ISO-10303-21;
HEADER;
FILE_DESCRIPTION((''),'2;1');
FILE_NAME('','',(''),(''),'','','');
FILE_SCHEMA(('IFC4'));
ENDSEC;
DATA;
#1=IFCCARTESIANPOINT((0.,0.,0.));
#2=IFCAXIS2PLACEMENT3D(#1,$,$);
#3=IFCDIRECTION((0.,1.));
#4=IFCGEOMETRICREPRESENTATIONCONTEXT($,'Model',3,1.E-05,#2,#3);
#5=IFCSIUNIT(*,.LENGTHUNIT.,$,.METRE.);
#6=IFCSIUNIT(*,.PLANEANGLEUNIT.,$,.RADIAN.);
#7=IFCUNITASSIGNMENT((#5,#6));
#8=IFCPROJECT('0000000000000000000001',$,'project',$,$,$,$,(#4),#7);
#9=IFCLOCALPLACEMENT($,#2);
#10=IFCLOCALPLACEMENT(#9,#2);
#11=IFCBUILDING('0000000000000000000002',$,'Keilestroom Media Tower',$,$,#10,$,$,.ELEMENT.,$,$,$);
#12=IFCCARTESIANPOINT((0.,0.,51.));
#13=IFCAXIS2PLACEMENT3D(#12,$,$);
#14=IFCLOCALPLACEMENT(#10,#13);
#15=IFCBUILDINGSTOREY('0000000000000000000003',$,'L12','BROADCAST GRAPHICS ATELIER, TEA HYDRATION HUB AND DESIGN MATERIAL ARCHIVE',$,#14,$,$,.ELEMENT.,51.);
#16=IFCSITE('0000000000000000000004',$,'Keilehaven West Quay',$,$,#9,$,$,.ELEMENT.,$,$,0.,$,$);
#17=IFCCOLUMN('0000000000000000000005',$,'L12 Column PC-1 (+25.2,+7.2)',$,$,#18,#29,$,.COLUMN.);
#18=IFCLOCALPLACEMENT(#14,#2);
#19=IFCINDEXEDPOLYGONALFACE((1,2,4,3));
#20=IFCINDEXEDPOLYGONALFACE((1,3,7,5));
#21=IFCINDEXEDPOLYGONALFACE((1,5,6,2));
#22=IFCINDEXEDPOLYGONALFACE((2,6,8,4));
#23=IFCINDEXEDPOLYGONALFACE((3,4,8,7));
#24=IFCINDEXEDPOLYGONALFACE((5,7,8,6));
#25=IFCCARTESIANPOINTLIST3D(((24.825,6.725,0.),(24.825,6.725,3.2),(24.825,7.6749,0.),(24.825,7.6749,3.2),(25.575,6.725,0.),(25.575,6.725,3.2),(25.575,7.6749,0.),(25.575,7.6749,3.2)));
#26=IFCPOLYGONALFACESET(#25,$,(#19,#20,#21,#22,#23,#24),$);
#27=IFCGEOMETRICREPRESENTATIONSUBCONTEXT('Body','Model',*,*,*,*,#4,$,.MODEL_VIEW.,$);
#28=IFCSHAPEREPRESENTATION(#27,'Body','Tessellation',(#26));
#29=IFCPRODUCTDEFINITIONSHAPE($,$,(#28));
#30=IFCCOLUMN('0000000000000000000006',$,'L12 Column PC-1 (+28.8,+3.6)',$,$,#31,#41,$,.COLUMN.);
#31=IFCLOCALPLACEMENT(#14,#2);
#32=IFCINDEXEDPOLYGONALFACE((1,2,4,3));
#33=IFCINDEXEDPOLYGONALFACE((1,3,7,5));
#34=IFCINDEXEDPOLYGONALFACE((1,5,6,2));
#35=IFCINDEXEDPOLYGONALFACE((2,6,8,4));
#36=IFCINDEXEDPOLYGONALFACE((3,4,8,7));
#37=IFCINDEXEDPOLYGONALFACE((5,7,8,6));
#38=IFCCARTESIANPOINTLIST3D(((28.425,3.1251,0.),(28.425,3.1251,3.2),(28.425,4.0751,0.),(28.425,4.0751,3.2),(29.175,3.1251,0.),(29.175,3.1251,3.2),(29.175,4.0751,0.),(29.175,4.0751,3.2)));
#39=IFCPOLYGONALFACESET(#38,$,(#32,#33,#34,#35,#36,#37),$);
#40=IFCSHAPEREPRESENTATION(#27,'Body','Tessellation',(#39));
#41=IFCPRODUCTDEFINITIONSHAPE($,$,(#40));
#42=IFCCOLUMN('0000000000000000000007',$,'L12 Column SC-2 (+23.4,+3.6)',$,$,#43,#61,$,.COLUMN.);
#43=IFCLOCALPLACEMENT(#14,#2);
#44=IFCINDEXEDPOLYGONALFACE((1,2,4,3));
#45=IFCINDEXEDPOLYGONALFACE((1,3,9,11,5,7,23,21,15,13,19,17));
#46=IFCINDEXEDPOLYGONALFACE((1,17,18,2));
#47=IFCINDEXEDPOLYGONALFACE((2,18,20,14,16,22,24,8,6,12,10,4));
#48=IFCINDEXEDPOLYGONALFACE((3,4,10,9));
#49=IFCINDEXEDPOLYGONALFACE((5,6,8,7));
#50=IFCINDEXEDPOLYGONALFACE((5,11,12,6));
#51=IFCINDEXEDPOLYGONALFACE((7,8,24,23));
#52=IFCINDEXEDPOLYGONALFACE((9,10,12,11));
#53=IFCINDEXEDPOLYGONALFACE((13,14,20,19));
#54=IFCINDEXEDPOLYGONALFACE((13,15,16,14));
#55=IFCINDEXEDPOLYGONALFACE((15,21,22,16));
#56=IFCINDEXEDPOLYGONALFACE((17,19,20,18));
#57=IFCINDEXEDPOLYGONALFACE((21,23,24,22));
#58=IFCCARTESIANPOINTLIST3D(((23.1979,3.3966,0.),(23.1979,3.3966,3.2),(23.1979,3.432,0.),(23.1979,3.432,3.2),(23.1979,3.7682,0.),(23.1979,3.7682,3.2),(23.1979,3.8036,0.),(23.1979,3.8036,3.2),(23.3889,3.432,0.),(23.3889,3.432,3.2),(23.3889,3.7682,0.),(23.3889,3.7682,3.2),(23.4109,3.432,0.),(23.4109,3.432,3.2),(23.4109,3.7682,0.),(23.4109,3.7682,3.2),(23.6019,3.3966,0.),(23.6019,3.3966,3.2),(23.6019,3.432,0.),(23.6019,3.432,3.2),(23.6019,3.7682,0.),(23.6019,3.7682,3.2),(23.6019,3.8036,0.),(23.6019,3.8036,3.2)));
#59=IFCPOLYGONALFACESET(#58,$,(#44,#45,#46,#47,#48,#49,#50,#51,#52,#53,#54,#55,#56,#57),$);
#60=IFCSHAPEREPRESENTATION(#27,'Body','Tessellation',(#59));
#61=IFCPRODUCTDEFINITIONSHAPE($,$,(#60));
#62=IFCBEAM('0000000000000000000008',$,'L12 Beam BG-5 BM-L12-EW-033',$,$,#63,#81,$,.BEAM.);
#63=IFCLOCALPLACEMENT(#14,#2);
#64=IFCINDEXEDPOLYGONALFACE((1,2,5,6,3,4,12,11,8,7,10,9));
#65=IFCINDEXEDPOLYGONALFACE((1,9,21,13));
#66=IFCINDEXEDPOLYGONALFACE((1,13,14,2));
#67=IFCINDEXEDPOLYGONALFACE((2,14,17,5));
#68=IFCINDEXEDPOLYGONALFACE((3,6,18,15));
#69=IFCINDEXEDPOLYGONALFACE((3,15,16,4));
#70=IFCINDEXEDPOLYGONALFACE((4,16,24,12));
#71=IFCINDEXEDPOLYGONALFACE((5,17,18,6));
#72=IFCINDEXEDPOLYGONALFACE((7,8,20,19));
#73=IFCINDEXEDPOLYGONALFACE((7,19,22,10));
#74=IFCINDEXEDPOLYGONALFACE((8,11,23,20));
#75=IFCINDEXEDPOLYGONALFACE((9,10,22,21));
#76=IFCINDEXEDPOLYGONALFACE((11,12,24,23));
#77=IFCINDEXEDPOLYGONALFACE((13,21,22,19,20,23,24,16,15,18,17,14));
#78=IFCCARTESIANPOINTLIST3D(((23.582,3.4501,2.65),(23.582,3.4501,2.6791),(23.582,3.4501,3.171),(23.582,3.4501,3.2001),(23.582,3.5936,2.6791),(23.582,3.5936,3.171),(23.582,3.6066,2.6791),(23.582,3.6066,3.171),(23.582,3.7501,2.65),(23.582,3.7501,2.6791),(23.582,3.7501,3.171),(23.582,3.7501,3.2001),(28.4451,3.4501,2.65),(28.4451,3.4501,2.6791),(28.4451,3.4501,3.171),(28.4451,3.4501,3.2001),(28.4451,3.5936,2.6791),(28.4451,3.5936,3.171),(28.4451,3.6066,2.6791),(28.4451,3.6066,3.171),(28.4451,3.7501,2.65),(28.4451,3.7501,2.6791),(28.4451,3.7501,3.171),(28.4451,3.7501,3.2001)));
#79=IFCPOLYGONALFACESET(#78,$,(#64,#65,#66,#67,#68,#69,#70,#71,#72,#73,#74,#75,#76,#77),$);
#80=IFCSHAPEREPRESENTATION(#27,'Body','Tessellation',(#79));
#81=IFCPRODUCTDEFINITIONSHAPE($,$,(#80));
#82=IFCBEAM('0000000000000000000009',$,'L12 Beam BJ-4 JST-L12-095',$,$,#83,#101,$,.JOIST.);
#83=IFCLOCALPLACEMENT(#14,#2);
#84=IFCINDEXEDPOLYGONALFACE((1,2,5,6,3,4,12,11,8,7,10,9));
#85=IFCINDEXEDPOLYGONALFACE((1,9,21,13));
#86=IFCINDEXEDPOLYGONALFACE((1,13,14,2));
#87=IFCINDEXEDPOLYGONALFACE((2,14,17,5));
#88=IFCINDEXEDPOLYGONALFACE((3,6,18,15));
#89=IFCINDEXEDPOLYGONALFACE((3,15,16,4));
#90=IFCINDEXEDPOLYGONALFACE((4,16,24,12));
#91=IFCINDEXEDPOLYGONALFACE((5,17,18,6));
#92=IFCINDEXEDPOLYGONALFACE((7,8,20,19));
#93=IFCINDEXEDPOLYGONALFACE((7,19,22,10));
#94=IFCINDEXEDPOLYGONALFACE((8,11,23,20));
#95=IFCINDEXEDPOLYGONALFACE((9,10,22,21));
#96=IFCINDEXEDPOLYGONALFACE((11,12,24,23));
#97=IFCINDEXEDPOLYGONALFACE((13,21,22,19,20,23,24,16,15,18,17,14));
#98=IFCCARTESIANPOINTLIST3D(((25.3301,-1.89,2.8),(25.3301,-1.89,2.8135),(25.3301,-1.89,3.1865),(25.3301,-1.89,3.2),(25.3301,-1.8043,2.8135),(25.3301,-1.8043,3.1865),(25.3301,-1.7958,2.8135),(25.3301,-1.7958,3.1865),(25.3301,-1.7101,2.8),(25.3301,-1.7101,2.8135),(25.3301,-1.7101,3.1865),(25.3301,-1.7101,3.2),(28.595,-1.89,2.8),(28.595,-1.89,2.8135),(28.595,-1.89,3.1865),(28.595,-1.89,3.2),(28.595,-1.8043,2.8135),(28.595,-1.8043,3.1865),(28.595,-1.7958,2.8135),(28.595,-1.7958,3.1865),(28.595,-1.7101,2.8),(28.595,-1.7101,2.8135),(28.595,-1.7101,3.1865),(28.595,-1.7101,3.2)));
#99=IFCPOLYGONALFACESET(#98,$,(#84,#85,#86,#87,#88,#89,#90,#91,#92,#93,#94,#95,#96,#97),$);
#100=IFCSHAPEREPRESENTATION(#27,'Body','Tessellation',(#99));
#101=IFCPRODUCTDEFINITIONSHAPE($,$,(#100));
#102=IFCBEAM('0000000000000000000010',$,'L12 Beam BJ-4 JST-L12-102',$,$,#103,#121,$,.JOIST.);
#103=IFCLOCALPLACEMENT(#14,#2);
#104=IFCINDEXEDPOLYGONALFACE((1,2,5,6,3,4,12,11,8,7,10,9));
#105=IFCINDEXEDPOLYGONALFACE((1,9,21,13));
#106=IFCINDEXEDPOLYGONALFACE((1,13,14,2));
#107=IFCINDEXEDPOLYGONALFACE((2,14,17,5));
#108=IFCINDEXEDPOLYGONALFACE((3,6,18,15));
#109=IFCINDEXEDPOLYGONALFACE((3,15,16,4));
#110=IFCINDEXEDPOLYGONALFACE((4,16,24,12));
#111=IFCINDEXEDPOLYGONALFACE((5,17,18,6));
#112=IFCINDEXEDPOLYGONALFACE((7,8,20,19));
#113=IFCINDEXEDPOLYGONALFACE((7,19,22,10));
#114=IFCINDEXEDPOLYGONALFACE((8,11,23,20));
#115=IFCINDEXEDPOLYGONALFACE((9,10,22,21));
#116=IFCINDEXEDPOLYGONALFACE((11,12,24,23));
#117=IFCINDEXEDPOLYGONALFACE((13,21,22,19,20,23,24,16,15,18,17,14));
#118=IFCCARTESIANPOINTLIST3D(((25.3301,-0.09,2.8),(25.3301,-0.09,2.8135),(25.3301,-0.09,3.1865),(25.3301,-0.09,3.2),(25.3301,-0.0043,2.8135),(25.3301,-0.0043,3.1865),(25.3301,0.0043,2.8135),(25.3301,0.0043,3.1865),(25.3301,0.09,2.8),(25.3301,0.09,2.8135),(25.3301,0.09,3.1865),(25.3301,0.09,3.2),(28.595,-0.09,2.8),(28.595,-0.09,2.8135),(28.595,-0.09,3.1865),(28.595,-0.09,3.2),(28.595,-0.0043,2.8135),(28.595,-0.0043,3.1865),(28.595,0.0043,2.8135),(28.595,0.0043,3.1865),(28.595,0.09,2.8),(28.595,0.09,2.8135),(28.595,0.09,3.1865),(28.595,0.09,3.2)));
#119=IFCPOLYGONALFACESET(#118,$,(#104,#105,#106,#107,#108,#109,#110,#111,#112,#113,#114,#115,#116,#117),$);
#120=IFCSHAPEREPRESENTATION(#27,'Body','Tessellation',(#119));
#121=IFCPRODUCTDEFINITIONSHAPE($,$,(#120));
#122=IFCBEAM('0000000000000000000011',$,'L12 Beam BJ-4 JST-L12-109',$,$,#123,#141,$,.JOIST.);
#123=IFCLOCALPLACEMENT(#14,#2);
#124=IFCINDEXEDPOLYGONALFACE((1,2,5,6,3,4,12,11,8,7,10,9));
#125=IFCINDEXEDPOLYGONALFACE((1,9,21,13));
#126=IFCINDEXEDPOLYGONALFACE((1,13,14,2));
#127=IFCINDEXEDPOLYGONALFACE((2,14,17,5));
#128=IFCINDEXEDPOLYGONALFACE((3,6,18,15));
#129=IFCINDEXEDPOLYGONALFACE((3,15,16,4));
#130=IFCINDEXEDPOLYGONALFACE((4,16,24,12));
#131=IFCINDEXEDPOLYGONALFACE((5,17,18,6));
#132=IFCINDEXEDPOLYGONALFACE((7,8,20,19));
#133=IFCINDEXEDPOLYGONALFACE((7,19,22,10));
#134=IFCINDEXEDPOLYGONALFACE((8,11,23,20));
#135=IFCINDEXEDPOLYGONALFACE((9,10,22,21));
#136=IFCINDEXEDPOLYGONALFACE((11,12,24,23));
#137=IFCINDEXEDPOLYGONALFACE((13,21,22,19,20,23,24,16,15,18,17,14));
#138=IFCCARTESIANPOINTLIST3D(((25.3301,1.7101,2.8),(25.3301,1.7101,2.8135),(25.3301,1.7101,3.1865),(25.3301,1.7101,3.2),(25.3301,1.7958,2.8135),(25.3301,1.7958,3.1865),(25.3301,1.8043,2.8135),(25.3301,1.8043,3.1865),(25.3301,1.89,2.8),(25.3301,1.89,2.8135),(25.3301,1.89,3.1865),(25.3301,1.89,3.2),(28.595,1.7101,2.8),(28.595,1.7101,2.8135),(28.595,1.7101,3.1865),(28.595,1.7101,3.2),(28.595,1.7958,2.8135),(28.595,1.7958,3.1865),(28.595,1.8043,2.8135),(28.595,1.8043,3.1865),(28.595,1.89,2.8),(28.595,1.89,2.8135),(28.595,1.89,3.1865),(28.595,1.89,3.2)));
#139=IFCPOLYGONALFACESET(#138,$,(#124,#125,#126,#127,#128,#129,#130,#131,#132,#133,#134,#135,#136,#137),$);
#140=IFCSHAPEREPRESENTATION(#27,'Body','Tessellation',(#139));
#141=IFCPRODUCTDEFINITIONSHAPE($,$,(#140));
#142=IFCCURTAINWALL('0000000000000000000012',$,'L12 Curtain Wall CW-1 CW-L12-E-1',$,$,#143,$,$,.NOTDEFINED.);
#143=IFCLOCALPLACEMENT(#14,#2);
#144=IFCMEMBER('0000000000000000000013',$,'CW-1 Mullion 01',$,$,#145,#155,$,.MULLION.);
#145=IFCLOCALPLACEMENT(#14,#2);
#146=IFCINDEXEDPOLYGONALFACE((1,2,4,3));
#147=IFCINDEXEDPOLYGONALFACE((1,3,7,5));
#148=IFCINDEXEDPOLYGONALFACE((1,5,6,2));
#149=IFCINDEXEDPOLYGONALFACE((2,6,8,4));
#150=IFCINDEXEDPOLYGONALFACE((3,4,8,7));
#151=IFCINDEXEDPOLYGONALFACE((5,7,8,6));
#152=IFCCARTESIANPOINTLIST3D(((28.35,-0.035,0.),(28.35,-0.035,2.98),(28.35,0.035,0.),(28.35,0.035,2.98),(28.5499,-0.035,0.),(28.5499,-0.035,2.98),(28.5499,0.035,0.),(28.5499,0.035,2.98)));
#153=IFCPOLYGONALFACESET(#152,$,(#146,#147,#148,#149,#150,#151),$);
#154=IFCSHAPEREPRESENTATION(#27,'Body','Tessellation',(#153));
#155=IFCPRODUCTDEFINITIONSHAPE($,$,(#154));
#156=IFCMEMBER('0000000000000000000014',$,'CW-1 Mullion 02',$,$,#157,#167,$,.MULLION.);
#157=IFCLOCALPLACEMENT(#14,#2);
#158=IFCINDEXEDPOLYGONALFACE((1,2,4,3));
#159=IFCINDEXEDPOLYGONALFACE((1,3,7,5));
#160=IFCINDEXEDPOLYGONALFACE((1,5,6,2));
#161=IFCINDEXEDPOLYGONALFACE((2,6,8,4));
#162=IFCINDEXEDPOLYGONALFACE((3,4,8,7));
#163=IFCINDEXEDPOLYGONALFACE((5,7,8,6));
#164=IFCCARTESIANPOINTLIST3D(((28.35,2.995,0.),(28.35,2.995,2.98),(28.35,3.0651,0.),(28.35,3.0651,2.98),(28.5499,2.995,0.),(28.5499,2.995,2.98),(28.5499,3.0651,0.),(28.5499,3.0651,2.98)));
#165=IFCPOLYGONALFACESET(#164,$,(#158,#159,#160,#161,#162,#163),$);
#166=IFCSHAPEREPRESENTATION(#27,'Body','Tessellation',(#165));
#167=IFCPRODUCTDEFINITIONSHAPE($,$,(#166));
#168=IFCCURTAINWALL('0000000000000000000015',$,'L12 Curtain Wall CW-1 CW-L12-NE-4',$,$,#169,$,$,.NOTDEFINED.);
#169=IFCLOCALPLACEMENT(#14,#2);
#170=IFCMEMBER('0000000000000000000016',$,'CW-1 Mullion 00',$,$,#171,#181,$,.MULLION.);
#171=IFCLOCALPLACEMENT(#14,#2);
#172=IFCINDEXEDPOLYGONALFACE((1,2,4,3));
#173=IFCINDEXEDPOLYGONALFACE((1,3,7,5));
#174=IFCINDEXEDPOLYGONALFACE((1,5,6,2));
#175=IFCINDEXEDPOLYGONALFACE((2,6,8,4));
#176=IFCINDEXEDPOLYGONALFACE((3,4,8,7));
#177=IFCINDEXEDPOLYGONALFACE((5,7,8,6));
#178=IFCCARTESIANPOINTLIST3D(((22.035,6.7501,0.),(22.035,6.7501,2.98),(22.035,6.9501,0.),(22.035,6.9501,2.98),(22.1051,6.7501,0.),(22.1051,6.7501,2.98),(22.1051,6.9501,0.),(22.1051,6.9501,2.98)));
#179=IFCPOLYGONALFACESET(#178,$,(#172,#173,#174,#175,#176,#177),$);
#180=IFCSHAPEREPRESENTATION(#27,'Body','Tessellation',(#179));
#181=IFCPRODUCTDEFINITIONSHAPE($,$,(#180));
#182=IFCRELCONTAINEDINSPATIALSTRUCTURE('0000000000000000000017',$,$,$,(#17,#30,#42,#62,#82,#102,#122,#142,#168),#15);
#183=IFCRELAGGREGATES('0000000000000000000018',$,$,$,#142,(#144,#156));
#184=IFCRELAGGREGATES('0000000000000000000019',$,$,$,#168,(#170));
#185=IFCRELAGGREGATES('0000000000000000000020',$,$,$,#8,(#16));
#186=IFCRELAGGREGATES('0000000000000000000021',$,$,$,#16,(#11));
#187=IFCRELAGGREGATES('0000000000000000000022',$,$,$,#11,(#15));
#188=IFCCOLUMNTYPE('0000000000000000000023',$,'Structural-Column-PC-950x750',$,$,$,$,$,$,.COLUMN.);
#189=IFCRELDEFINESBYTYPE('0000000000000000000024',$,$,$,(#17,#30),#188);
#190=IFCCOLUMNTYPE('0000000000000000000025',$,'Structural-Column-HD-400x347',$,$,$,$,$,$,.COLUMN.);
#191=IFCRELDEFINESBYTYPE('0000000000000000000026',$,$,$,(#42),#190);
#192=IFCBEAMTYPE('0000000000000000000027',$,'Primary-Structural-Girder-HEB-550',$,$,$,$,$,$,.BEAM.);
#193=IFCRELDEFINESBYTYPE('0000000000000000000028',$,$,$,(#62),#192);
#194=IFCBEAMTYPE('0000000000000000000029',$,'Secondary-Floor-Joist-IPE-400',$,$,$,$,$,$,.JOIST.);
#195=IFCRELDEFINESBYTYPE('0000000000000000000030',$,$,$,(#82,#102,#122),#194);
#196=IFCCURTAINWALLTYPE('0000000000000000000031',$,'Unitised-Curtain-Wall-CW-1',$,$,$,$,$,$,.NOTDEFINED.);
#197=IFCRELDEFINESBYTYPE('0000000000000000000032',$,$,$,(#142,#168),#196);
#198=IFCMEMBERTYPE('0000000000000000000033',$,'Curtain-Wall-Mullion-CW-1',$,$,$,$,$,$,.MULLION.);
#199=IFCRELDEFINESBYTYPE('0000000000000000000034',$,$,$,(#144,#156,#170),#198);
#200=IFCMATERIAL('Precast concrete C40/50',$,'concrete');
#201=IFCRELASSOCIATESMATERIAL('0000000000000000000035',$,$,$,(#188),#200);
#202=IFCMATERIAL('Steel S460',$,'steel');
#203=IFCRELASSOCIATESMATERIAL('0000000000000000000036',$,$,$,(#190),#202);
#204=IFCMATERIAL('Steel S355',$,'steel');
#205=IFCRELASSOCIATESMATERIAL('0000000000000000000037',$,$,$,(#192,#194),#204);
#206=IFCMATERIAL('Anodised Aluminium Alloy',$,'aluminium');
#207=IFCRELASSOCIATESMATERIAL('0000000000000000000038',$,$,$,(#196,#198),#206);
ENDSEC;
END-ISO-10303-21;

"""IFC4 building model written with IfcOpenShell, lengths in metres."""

from ifc_helpers import new_model, si_unit, direction, frame, origin, origin_2d, place, context, subcontext, project, spatial, rectangle, i_section, extrude, source, transform, mapped, material, material_profile, profile_set, type_object, element, aggregate, save


model = new_model("IFC4")

# Units and contexts
model_context = context("Model", 3, precision=1e-05, world=origin(), true_north=direction((0.0, 1.0)))
body_context = subcontext(model_context, "Body", "Model", "MODEL_VIEW")
ifc_project = project(units=[si_unit("LENGTHUNIT", "METRE"), si_unit("PLANEANGLEUNIT", "RADIAN")], contexts=[model_context])

# Site, building, storey
site_placement = place(None, origin())
site = spatial("IfcSite", under=ifc_project, at=site_placement, Name="Keilehaven West Quay", CompositionType="ELEMENT", RefElevation=0.0)
building_placement = place(site_placement, origin())
building = spatial("IfcBuilding", under=site, at=building_placement, Name="Keilestroom Media Tower", CompositionType="ELEMENT")
storey_placement = place(building_placement, frame((0.0, 0.0, 51.0)))
storey = spatial("IfcBuildingStorey", under=building, at=storey_placement, Name="L12", Description="BROADCAST GRAPHICS ATELIER, TEA HYDRATION HUB AND DESIGN MATERIAL ARCHIVE", CompositionType="ELEMENT", Elevation=51.0)

# Columns
ifc_material_1 = material(Name="Precast concrete C40/50", Category="concrete")
ifc_material_profile_1 = material_profile(ifc_material_1, rectangle(XDim=0.75, YDim=0.95, at=origin_2d()), Name="PC 950x750")
ifc_profile_set_1 = profile_set([ifc_material_profile_1], Name="Precast concrete C40/50")
column_type_1 = type_object("IfcColumnType", Name="Structural-Column-PC-950x750", PredefinedType="COLUMN", material=ifc_profile_set_1)
shared_shape_1 = source(origin(), body_context, "Body", "SweptSolid", [
    extrude(rectangle(XDim=0.75, YDim=0.95, at=origin_2d()), origin(), (0.0, 0.0, 1.0), 3.2),
])
for number, where, z_axis, x_axis, name in (
    (1, (25.2, 7.2, 0.0), (0.0, 0.0, 1.0), (1.0, 0.0, 0.0), "L12 Column PC-1 (+25.2,+7.2)"),
    (2, (28.8, 3.6001, 0.0), (0.0, 0.0, 1.0), (1.0, 0.0, 0.0), "L12 Column PC-1 (+28.8,+3.6)"),
):
    element("IfcColumn", number, at=place(storey_placement, frame(where, z_axis=z_axis, x_axis=x_axis)), inside=storey, type_object=column_type_1, Name=name, PredefinedType="COLUMN", context=body_context, shape_type="MappedRepresentation", body=[
        mapped(shared_shape_1, transform((0.0, 0.0, 0.0), x_axis=(1.0, 0.0, 0.0), y_axis=(0.0, 1.0, 0.0), z_axis=(0.0, 0.0, 1.0), scale=1.0)),
    ])
ifc_material_2 = material(Name="Steel S460", Category="steel")
ifc_material_profile_2 = material_profile(ifc_material_2, i_section(OverallWidth=0.4041, OverallDepth=0.407, WebThickness=0.022, FlangeThickness=0.0354, at=origin_2d()), Name="HD 400x347")
ifc_profile_set_2 = profile_set([ifc_material_profile_2], Name="Steel S460")
column_type_2 = type_object("IfcColumnType", Name="Structural-Column-HD-400x347", PredefinedType="COLUMN", material=ifc_profile_set_2)
shared_shape_2 = source(origin(), body_context, "Body", "SweptSolid", [
    extrude(i_section(OverallWidth=0.4041, OverallDepth=0.407, WebThickness=0.022, FlangeThickness=0.0354, at=origin_2d()), origin(), (0.0, 0.0, 1.0), 3.2),
])
column_placement = place(storey_placement, frame((23.3999, 3.6001, 0.0), z_axis=(0.0, 0.0, 1.0), x_axis=(1.0, 0.0, 0.0)))
element("IfcColumn", 3, at=column_placement, inside=storey, type_object=column_type_2, Name="L12 Column SC-2 (+23.4,+3.6)", PredefinedType="COLUMN", context=body_context, shape_type="MappedRepresentation", body=[
    mapped(shared_shape_2, transform((0.0, 0.0, 0.0), x_axis=(1.0, 0.0, 0.0), y_axis=(0.0, 1.0, 0.0), z_axis=(0.0, 0.0, 1.0), scale=1.0)),
])

# Beams
ifc_material_3 = material(Name="Steel S355", Category="steel")
ifc_material_profile_3 = material_profile(ifc_material_3, i_section(OverallWidth=0.3, OverallDepth=0.55, WebThickness=0.0129, FlangeThickness=0.0291, at=origin_2d()), Name="HEB 550")
ifc_profile_set_3 = profile_set([ifc_material_profile_3], Name="Steel S355")
beam_type_1 = type_object("IfcBeamType", Name="Primary-Structural-Girder-HEB-550", PredefinedType="BEAM", material=ifc_profile_set_3)
shared_shape_3 = source(origin(), body_context, "Body", "SweptSolid", [
    extrude(i_section(OverallWidth=0.3, OverallDepth=0.55, WebThickness=0.0129, FlangeThickness=0.0291, at=origin_2d()), origin(), (0.0, 0.0, 1.0), 4.863),
])
beam_placement = place(storey_placement, frame((23.582, 3.6001, 2.925), z_axis=(1.0, 0.0, 0.0), x_axis=(0.0, 1.0, 0.0)))
element("IfcBeam", 4, at=beam_placement, inside=storey, type_object=beam_type_1, Name="L12 Beam BG-5 BM-L12-EW-033", PredefinedType="BEAM", context=body_context, shape_type="MappedRepresentation", body=[
    mapped(shared_shape_3, transform((0.0, 0.0, 0.0), x_axis=(1.0, 0.0, 0.0), y_axis=(0.0, 1.0, 0.0), z_axis=(0.0, 0.0, 1.0), scale=1.0)),
])
ifc_material_profile_4 = material_profile(ifc_material_3, i_section(OverallWidth=0.1799, OverallDepth=0.3999, WebThickness=0.0085, FlangeThickness=0.0134, at=origin_2d()), Name="IPE 400")
ifc_profile_set_4 = profile_set([ifc_material_profile_4], Name="Steel S355")
beam_type_2 = type_object("IfcBeamType", Name="Secondary-Floor-Joist-IPE-400", PredefinedType="JOIST", material=ifc_profile_set_4)
shared_shape_4 = source(origin(), body_context, "Body", "SweptSolid", [
    extrude(i_section(OverallWidth=0.1799, OverallDepth=0.3999, WebThickness=0.0085, FlangeThickness=0.0134, at=origin_2d()), origin(), (0.0, 0.0, 1.0), 3.2649),
])
for number, where, z_axis, x_axis, name in (
    (5, (25.3301, -1.8, 3.0), (1.0, 0.0, 0.0), (0.0, 1.0, 0.0), "L12 Beam BJ-4 JST-L12-095"),
    (6, (25.3301, 0.0, 3.0), (1.0, 0.0, 0.0), (0.0, 1.0, 0.0), "L12 Beam BJ-4 JST-L12-102"),
    (7, (25.3301, 1.8, 3.0), (1.0, 0.0, 0.0), (0.0, 1.0, 0.0), "L12 Beam BJ-4 JST-L12-109"),
):
    element("IfcBeam", number, at=place(storey_placement, frame(where, z_axis=z_axis, x_axis=x_axis)), inside=storey, type_object=beam_type_2, Name=name, PredefinedType="JOIST", context=body_context, shape_type="MappedRepresentation", body=[
        mapped(shared_shape_4, transform((0.0, 0.0, 0.0), x_axis=(1.0, 0.0, 0.0), y_axis=(0.0, 1.0, 0.0), z_axis=(0.0, 0.0, 1.0), scale=1.0)),
    ])

# Curtain walls, members
ifc_material_4 = material(Name="Anodised Aluminium Alloy", Category="aluminium")
curtain_wall_type = type_object("IfcCurtainWallType", Name="Unitised-Curtain-Wall-CW-1", PredefinedType="NOTDEFINED", material=ifc_material_4)
curtain_wall_1_placement = place(storey_placement, origin())
curtain_wall_1 = element("IfcCurtainWall", 8, at=curtain_wall_1_placement, inside=storey, type_object=curtain_wall_type, Name="L12 Curtain Wall CW-1 CW-L12-E-1", PredefinedType="NOTDEFINED")
ifc_material_profile_5 = material_profile(ifc_material_4, rectangle(XDim=0.0701, YDim=0.2, at=origin_2d()), Name="ALU MULLION 70x200")
ifc_profile_set_5 = profile_set([ifc_material_profile_5], Name="Anodised Aluminium Alloy")
member_type_1 = type_object("IfcMemberType", Name="Curtain-Wall-Mullion-CW-1", PredefinedType="MULLION", material=ifc_profile_set_5)
shared_shape_5 = source(origin(), body_context, "Body", "SweptSolid", [
    extrude(rectangle(XDim=0.0701, YDim=0.2, at=origin_2d()), origin(), (0.0, 0.0, 1.0), 2.98),
])
member_1_placement = place(storey_placement, frame((28.45, 0.0, 0.0), z_axis=(0.0, 0.0, 1.0), x_axis=(0.0, 1.0, 0.0)))
member_1 = element("IfcMember", 9, at=member_1_placement, type_object=member_type_1, Name="CW-1 Mullion 01", PredefinedType="MULLION", context=body_context, shape_type="MappedRepresentation", body=[
    mapped(shared_shape_5, transform((0.0, 0.0, 0.0), x_axis=(1.0, 0.0, 0.0), y_axis=(0.0, 1.0, 0.0), z_axis=(0.0, 0.0, 1.0), scale=1.0)),
])
member_2_placement = place(storey_placement, frame((28.45, 3.03, 0.0), z_axis=(0.0, 0.0, 1.0), x_axis=(0.0, 1.0, 0.0)))
member_2 = element("IfcMember", 10, at=member_2_placement, type_object=member_type_1, Name="CW-1 Mullion 02", PredefinedType="MULLION", context=body_context, shape_type="MappedRepresentation", body=[
    mapped(shared_shape_5, transform((0.0, 0.0, 0.0), x_axis=(1.0, 0.0, 0.0), y_axis=(0.0, 1.0, 0.0), z_axis=(0.0, 0.0, 1.0), scale=1.0)),
])
curtain_wall_2_placement = place(storey_placement, origin())
curtain_wall_2 = element("IfcCurtainWall", 11, at=curtain_wall_2_placement, inside=storey, type_object=curtain_wall_type, Name="L12 Curtain Wall CW-1 CW-L12-NE-4", PredefinedType="NOTDEFINED")
member_3_placement = place(storey_placement, frame((22.0701, 6.8501, 0.0), z_axis=(0.0, 0.0, 1.0), x_axis=(1.0, 0.0, 0.0)))
member_3 = element("IfcMember", 12, at=member_3_placement, type_object=member_type_1, Name="CW-1 Mullion 00", PredefinedType="MULLION", context=body_context, shape_type="MappedRepresentation", body=[
    mapped(shared_shape_5, transform((0.0, 0.0, 0.0), x_axis=(1.0, 0.0, 0.0), y_axis=(0.0, 1.0, 0.0), z_axis=(0.0, 0.0, 1.0), scale=1.0)),
])

aggregate(curtain_wall_1, [member_1, member_2])
aggregate(curtain_wall_2, [member_3])

save(model, "model.ifc")
